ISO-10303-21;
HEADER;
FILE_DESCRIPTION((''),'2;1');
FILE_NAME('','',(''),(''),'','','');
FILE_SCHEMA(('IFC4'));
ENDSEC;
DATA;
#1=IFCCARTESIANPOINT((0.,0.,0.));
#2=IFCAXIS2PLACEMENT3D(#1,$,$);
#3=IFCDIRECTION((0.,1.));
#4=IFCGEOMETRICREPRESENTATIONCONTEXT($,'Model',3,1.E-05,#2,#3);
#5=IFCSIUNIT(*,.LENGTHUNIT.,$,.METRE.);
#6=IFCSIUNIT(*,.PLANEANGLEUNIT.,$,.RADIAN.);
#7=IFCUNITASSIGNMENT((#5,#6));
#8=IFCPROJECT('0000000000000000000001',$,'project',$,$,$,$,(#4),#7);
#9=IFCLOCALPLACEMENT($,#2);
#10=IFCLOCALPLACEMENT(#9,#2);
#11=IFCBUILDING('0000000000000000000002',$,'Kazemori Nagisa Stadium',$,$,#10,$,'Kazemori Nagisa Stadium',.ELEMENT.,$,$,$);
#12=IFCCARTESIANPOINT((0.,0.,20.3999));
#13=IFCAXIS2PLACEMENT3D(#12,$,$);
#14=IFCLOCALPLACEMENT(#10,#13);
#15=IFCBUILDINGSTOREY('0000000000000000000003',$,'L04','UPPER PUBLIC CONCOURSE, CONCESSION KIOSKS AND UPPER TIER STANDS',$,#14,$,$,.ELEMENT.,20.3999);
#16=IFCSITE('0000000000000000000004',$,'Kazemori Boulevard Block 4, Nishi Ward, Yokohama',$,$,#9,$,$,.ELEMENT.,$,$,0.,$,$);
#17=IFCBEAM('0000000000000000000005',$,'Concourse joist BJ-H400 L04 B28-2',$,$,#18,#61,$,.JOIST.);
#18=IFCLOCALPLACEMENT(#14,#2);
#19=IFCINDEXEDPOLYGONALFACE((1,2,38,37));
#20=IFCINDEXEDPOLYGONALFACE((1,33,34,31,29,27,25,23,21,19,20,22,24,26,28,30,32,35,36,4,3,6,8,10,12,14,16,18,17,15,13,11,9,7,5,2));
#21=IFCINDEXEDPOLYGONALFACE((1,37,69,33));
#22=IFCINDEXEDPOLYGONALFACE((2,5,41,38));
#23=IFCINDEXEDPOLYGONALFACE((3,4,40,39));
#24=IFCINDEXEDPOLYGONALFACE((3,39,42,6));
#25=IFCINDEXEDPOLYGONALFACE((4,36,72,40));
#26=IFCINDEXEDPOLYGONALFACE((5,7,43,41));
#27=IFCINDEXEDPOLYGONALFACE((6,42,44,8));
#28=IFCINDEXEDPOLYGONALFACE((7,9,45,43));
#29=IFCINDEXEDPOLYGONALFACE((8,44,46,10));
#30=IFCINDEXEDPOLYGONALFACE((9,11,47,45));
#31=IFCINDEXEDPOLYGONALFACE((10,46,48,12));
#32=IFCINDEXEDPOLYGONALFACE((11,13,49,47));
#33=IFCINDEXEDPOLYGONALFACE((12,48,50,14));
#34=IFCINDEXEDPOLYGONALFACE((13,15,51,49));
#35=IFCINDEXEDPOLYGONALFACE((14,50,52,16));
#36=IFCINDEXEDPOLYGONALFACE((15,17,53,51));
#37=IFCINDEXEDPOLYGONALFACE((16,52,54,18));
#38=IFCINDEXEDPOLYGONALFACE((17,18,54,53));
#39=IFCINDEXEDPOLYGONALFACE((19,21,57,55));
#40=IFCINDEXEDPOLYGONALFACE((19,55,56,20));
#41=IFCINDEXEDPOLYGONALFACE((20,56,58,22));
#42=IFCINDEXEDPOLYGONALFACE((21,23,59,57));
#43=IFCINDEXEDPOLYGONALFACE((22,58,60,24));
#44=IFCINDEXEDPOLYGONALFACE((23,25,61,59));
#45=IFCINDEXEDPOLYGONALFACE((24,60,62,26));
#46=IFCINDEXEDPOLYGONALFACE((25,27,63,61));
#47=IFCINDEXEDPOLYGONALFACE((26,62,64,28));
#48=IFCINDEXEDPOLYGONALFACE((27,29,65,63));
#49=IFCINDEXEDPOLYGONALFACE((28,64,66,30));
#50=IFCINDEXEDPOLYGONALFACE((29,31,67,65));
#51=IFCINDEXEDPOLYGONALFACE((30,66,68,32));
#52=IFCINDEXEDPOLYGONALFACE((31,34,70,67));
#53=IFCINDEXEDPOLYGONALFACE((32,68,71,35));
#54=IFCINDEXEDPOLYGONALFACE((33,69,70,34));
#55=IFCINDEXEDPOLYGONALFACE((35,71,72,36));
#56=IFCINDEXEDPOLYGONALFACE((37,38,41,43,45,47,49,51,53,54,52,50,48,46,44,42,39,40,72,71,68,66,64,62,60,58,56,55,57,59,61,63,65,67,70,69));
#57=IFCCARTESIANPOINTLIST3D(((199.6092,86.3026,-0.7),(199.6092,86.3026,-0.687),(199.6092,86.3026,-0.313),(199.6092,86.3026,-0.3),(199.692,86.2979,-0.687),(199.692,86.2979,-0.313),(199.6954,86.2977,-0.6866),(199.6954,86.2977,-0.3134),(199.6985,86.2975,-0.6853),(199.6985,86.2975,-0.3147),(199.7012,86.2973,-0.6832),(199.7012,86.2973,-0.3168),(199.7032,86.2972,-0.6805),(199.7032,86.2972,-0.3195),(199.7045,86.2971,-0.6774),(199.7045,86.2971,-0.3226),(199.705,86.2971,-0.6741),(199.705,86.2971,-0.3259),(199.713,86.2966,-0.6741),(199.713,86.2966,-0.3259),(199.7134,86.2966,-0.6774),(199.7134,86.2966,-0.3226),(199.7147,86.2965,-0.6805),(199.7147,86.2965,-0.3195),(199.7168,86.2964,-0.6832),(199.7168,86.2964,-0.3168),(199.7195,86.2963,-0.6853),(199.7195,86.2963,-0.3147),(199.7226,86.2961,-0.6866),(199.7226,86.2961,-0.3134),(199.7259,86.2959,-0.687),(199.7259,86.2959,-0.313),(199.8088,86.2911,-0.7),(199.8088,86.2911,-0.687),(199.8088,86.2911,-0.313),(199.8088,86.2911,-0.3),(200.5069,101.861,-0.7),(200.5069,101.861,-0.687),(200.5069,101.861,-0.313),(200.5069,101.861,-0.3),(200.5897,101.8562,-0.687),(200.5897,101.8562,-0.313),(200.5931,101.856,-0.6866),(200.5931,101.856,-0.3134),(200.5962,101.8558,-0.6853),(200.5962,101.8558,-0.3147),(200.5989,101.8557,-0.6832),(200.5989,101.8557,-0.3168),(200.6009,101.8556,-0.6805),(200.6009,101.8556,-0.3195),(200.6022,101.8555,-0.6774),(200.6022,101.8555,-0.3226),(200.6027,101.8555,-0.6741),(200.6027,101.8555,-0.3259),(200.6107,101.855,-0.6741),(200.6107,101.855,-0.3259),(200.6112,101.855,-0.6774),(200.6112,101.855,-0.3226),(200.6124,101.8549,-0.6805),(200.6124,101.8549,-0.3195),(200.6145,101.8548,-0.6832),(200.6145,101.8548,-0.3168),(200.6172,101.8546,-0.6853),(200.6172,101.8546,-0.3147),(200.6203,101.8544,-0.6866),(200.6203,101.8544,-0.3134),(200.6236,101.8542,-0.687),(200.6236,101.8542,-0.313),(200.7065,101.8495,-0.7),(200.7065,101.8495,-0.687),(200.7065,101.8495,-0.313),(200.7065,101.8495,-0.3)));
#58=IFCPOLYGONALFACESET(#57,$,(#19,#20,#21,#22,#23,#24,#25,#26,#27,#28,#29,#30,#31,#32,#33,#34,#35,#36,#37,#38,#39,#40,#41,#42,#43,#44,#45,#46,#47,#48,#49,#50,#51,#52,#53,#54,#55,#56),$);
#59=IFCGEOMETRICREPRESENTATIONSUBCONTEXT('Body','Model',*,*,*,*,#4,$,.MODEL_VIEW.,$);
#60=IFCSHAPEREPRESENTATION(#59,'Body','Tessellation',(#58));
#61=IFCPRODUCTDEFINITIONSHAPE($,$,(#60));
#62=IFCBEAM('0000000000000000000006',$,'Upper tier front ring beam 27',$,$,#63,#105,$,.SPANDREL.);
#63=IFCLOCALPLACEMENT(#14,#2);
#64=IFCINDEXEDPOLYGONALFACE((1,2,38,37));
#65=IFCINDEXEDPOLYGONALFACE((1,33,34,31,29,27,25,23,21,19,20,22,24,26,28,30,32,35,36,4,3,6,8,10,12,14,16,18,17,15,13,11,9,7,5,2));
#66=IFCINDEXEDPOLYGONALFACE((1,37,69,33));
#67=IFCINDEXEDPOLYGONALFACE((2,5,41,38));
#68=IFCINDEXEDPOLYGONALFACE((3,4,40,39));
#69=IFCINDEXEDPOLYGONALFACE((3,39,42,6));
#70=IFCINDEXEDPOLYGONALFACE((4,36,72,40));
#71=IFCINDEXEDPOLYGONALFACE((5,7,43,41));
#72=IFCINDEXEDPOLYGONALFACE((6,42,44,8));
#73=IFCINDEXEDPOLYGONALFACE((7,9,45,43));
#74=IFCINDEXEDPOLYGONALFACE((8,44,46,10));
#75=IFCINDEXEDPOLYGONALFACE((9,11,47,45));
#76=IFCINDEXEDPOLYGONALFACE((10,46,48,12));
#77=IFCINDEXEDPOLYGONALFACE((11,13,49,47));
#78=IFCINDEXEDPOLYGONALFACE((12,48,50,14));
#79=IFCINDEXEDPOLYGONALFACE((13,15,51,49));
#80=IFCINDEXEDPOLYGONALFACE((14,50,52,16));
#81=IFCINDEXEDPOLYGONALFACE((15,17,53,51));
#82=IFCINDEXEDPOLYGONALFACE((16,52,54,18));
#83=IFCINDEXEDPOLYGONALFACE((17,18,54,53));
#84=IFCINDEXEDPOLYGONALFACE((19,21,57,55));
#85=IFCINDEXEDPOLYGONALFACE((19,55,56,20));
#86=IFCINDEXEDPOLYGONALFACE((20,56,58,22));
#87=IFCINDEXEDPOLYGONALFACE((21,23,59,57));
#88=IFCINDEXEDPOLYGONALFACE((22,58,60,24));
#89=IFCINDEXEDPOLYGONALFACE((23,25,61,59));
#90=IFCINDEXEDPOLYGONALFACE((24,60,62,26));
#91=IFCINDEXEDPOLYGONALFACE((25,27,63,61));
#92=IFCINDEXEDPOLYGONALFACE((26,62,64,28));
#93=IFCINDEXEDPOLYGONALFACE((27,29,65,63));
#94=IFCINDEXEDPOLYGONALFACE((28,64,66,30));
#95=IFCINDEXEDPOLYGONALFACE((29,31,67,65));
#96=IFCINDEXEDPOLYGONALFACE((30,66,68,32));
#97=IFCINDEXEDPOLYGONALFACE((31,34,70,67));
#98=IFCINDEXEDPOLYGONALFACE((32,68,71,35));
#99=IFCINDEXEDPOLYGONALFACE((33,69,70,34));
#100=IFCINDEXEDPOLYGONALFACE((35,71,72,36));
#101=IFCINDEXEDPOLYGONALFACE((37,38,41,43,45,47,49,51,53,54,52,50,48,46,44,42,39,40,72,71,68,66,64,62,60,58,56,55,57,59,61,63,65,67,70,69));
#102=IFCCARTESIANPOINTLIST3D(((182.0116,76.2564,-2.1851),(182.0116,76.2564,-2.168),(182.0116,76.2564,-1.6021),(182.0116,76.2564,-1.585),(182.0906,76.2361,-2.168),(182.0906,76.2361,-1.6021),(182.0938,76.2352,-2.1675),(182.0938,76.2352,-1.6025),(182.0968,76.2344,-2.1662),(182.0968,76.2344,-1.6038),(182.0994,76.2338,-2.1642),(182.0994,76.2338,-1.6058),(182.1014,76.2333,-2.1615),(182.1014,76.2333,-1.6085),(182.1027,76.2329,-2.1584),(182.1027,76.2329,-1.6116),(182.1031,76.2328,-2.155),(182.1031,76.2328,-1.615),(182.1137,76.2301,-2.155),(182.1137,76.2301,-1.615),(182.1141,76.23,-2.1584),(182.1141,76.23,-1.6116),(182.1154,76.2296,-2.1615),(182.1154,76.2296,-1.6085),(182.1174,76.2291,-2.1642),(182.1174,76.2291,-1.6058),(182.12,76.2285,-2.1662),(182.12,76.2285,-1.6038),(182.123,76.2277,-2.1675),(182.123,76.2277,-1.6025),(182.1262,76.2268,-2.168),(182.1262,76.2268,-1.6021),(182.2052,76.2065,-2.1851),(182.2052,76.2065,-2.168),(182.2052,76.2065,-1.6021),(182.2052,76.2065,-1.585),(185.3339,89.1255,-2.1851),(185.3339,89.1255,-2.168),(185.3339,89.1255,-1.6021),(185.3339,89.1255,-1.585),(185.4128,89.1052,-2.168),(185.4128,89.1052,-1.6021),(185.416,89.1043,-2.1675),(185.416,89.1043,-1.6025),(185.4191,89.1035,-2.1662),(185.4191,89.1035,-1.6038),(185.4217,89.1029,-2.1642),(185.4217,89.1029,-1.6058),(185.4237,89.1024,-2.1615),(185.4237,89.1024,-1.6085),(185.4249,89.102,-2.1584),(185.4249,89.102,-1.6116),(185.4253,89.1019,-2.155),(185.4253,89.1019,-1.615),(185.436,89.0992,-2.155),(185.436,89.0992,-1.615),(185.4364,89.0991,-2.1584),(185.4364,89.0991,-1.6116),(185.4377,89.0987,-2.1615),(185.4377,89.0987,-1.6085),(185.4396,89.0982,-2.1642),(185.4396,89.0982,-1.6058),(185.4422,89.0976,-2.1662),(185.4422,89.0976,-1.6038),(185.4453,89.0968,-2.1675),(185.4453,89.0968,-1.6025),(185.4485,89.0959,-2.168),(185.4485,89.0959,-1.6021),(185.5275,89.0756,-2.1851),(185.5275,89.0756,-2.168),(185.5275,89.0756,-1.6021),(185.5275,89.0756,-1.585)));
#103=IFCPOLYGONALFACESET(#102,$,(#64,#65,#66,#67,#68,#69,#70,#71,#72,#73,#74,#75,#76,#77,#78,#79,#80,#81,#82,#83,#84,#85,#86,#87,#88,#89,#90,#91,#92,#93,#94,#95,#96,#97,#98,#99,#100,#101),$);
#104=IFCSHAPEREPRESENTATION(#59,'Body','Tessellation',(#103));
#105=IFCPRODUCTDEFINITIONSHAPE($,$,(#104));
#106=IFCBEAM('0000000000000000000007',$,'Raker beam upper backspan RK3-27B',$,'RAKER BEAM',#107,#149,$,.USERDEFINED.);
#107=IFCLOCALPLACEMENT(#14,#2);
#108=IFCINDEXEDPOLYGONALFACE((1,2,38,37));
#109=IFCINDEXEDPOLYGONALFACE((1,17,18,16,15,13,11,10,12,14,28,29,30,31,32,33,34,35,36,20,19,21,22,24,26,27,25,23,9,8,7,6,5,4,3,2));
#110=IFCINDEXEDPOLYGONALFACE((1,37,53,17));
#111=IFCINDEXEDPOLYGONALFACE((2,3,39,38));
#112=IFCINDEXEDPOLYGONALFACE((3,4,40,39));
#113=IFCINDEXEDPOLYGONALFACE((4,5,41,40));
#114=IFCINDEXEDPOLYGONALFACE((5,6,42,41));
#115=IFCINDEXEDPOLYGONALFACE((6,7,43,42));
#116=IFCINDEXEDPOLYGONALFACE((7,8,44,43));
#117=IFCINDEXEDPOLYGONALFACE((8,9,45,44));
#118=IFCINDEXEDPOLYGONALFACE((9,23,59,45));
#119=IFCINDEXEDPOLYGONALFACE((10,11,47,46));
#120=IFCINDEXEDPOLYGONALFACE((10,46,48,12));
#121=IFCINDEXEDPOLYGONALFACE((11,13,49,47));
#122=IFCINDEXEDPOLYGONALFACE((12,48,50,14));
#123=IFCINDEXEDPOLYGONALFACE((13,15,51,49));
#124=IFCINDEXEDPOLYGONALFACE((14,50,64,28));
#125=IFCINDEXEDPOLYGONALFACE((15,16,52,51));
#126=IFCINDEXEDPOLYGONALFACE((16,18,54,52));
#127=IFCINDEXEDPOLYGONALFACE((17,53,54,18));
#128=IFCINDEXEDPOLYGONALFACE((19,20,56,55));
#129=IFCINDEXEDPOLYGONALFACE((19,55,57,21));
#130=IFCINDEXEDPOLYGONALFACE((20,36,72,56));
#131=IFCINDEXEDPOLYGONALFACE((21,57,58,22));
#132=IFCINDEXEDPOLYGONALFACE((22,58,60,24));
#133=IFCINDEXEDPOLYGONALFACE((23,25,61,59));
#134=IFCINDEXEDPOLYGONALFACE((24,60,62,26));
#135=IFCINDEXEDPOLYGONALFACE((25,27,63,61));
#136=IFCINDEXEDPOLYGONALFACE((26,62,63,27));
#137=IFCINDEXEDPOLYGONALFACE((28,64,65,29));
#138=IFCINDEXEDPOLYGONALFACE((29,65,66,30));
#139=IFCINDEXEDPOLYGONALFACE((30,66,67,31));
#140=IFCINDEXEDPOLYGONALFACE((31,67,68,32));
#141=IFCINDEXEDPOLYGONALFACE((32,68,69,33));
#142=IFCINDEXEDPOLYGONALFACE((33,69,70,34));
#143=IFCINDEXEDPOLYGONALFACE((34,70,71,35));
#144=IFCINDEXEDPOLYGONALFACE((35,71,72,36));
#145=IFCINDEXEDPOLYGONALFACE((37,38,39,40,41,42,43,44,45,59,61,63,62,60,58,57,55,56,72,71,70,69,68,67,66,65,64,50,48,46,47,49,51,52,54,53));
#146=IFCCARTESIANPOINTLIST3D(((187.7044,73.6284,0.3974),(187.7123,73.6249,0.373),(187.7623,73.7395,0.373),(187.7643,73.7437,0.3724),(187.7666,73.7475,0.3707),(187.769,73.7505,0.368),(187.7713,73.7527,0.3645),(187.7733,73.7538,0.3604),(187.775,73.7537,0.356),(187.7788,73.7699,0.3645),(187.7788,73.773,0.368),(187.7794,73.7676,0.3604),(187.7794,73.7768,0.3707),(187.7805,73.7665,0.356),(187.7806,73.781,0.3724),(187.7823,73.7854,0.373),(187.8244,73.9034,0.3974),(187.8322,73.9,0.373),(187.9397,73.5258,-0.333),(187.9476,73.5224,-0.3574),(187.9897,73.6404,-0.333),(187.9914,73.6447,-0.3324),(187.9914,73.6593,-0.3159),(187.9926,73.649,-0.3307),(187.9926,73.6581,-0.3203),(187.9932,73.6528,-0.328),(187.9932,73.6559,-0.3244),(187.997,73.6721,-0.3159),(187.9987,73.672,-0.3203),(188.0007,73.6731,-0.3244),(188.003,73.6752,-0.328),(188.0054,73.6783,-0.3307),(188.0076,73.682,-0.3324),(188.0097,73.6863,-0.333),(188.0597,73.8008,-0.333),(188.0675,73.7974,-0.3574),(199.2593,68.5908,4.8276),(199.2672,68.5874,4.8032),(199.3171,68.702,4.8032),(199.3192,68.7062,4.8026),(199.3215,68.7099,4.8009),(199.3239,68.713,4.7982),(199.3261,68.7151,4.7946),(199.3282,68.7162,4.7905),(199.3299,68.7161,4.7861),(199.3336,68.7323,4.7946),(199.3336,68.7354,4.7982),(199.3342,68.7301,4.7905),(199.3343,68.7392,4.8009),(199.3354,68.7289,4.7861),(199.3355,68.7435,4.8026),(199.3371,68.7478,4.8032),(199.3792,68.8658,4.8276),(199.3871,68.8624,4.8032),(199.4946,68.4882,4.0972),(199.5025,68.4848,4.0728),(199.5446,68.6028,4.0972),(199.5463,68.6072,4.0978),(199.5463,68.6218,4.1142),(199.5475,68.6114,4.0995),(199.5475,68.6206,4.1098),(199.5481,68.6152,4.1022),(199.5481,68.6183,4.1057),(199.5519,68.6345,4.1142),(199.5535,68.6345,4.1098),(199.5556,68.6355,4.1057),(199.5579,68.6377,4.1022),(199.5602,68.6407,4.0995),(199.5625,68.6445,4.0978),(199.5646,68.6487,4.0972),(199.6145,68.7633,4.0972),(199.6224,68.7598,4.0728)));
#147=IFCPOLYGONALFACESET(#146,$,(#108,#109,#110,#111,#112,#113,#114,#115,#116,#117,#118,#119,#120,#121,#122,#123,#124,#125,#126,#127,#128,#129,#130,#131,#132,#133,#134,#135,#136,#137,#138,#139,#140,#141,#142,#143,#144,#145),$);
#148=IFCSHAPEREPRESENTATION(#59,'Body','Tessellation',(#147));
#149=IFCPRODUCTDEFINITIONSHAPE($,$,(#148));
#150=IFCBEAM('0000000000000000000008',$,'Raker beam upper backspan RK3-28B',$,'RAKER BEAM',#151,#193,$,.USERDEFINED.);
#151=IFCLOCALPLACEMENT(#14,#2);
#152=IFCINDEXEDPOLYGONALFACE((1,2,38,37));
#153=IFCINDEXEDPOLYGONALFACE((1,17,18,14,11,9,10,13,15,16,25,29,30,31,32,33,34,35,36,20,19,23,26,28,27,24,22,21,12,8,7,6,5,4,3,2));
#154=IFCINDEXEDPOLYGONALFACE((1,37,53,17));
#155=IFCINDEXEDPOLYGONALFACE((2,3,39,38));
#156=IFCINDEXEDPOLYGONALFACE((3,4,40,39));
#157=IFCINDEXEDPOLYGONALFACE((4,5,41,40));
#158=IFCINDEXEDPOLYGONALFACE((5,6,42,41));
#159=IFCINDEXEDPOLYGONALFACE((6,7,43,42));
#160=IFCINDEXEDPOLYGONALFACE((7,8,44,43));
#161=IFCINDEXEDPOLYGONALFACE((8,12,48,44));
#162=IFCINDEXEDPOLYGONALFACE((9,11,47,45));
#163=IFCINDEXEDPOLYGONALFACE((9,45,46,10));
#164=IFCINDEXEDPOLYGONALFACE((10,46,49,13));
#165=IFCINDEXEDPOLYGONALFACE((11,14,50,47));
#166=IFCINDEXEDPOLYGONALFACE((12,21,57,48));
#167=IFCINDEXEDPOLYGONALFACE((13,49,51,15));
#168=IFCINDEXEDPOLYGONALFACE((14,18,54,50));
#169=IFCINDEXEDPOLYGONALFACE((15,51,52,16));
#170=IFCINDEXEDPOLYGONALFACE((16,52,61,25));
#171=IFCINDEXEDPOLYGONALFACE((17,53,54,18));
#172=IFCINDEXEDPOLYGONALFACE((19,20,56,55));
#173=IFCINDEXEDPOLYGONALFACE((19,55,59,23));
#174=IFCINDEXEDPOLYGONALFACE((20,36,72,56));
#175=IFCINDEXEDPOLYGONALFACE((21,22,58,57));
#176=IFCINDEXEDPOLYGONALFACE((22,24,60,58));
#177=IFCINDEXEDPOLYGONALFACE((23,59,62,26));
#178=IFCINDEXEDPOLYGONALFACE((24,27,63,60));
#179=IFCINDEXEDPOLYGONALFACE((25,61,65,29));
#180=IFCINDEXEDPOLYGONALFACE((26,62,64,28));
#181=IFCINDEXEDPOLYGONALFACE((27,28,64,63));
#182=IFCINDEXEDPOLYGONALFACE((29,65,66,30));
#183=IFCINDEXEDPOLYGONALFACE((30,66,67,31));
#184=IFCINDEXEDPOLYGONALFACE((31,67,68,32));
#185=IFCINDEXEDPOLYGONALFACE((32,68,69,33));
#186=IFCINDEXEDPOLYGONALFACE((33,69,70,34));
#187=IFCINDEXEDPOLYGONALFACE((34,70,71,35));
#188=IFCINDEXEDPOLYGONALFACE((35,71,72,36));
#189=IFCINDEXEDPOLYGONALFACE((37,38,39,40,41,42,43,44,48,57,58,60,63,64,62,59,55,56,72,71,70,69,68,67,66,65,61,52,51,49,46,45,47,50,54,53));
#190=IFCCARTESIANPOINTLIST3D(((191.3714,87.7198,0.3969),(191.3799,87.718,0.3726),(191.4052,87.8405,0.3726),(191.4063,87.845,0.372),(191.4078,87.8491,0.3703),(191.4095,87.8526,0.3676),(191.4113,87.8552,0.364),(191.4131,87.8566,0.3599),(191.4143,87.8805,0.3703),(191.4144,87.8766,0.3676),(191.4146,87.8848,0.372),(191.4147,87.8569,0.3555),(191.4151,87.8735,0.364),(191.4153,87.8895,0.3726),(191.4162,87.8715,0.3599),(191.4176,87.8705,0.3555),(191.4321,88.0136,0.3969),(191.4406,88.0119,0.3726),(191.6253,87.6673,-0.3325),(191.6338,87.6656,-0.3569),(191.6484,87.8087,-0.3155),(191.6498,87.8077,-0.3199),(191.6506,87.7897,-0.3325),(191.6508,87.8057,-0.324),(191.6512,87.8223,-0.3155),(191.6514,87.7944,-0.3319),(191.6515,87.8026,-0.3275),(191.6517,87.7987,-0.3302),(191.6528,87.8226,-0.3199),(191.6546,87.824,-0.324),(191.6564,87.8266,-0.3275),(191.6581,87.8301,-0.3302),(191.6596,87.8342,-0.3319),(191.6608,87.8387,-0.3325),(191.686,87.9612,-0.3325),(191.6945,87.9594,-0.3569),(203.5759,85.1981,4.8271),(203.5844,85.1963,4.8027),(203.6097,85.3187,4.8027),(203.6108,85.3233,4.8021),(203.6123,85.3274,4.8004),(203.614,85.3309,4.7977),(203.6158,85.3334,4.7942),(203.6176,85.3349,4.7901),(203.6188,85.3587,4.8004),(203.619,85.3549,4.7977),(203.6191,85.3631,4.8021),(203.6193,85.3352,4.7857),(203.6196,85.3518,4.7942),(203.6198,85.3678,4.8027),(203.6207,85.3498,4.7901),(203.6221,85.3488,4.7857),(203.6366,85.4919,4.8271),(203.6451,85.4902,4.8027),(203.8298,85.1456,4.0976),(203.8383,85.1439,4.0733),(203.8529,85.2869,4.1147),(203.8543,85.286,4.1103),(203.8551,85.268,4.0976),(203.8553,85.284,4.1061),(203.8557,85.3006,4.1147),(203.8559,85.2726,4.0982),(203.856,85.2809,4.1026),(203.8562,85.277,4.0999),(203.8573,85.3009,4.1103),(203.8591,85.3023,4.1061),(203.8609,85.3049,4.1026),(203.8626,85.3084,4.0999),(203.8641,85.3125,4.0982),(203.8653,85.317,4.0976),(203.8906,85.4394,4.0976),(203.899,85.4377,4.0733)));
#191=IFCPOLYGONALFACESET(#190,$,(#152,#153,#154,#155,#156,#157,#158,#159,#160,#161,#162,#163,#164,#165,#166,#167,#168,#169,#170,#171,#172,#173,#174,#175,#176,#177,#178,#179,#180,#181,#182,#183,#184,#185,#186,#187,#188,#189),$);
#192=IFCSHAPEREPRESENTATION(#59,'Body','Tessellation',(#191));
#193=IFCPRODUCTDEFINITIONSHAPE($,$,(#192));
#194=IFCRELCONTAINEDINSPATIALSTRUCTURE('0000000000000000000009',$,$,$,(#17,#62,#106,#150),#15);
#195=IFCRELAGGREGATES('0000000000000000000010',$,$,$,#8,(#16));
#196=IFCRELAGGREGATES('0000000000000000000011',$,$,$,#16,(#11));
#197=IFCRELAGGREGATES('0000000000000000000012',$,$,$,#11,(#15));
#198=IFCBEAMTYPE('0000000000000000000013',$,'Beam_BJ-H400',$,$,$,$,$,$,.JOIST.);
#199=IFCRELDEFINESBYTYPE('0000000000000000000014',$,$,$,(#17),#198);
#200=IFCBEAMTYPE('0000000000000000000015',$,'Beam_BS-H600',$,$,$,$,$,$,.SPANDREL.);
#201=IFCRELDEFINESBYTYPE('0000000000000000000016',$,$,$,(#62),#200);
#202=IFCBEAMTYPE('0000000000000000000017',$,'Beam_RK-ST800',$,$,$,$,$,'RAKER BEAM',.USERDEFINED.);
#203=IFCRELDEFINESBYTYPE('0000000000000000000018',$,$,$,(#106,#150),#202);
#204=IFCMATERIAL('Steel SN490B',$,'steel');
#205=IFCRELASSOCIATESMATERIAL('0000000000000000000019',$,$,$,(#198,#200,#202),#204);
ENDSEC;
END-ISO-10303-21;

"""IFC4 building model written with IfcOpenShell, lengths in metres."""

from ifc_helpers import new_model, si_unit, direction, frame, origin, origin_2d, place, context, subcontext, project, spatial, i_section, extrude, material, material_profile, profile_set, type_object, element, save


model = new_model("IFC4")

# Units and contexts
model_context = context("Model", 3, precision=1e-05, world=origin(), true_north=direction((0.0, 1.0)))
body_context = subcontext(model_context, "Body", "Model", "MODEL_VIEW")
ifc_project = project(units=[si_unit("LENGTHUNIT", "METRE"), si_unit("PLANEANGLEUNIT", "RADIAN")], contexts=[model_context])

# Site, building, storey
site_placement = place(None, origin())
site = spatial("IfcSite", under=ifc_project, at=site_placement, Name="Kazemori Boulevard Block 4, Nishi Ward, Yokohama", CompositionType="ELEMENT", RefElevation=0.0)
building_placement = place(site_placement, origin())
building = spatial("IfcBuilding", under=site, at=building_placement, Name="Kazemori Nagisa Stadium", LongName="Kazemori Nagisa Stadium", CompositionType="ELEMENT")
storey_placement = place(building_placement, frame((0.0, 0.0, 20.3999)))
storey = spatial("IfcBuildingStorey", under=building, at=storey_placement, Name="L04", Description="UPPER PUBLIC CONCOURSE, CONCESSION KIOSKS AND UPPER TIER STANDS", CompositionType="ELEMENT", Elevation=20.3999)

# Beams
ifc_material_1 = material(Name="Steel SN490B", Category="steel")
ifc_material_profile_1 = material_profile(ifc_material_1, i_section(OverallWidth=0.2, OverallDepth=0.3999, WebThickness=0.0081, FlangeThickness=0.0129, FilletRadius=0.0129, at=origin_2d()), Name="H-400x200x8x13")
ifc_profile_set_1 = profile_set([ifc_material_profile_1], Name="Steel SN490B")
beam_type_1 = type_object("IfcBeamType", Name="Beam_BJ-H400", PredefinedType="JOIST", material=ifc_profile_set_1)
beam_1_placement = place(storey_placement, frame((199.709, 86.2969, -0.5), z_axis=(0.057603, 0.99834, 0.0), x_axis=(-0.99834, 0.057603, 0.0)))
element("IfcBeam", 1, at=beam_1_placement, inside=storey, type_object=beam_type_1, Name="Concourse joist BJ-H400 L04 B28-2", PredefinedType="JOIST", context=body_context, shape_type="SweptSolid", body=[
    extrude(i_section(OverallWidth=0.2, OverallDepth=0.3999, WebThickness=0.0081, FlangeThickness=0.0129, FilletRadius=0.0129, at=origin_2d()), origin(), (0.0, 0.0, 1.0), 15.5842),
])
ifc_material_profile_2 = material_profile(ifc_material_1, i_section(OverallWidth=0.2, OverallDepth=0.6001, WebThickness=0.011, FlangeThickness=0.0171, FilletRadius=0.0129, at=origin_2d()), Name="H-600x200x11x17")
ifc_profile_set_2 = profile_set([ifc_material_profile_2], Name="Steel SN490B")
beam_type_2 = type_object("IfcBeamType", Name="Beam_BS-H600", PredefinedType="SPANDREL", material=ifc_profile_set_2)
beam_2_placement = place(storey_placement, frame((182.1084, 76.2314, -1.885), z_axis=(0.249962, 0.968256, 0.0), x_axis=(-0.968256, 0.249962, 0.0)))
element("IfcBeam", 2, at=beam_2_placement, inside=storey, type_object=beam_type_2, Name="Upper tier front ring beam 27", PredefinedType="SPANDREL", context=body_context, shape_type="SweptSolid", body=[
    extrude(i_section(OverallWidth=0.2, OverallDepth=0.6001, WebThickness=0.011, FlangeThickness=0.0171, FilletRadius=0.0129, at=origin_2d()), origin(), (0.0, 0.0, 1.0), 13.291),
])
ifc_material_profile_3 = material_profile(ifc_material_1, i_section(OverallWidth=0.3, OverallDepth=0.8, WebThickness=0.0139, FlangeThickness=0.0259, FilletRadius=0.0181, at=origin_2d()), Name="H-800x300x14x26")
ifc_profile_set_3 = profile_set([ifc_material_profile_3], Name="Steel SN490B")
beam_type_3 = type_object("IfcBeamType", Name="Beam_RK-ST800", ElementType="RAKER BEAM", PredefinedType="USERDEFINED", material=ifc_profile_set_3)
beam_3_placement = place(storey_placement, frame((187.886, 73.7129, 0.02), z_axis=(0.864816, -0.377033, 0.331571), x_axis=(0.399641, 0.916672, 0.0)))
element("IfcBeam", 3, at=beam_3_placement, inside=storey, type_object=beam_type_3, Name="Raker beam upper backspan RK3-27B", ObjectType="RAKER BEAM", PredefinedType="USERDEFINED", context=body_context, shape_type="SweptSolid", body=[
    extrude(i_section(OverallWidth=0.3, OverallDepth=0.8, WebThickness=0.0139, FlangeThickness=0.0259, FilletRadius=0.0181, at=origin_2d()), origin(), (0.0, 0.0, 1.0), 13.3611),
])
beam_4_placement = place(storey_placement, frame((191.533, 87.8396, 0.02), z_axis=(0.922745, -0.190659, 0.33495), x_axis=(0.202347, 0.979314, 0.0)))
element("IfcBeam", 4, at=beam_4_placement, inside=storey, type_object=beam_type_3, Name="Raker beam upper backspan RK3-28B", ObjectType="RAKER BEAM", PredefinedType="USERDEFINED", context=body_context, shape_type="SweptSolid", body=[
    extrude(i_section(OverallWidth=0.3, OverallDepth=0.8, WebThickness=0.0139, FlangeThickness=0.0259, FilletRadius=0.0181, at=origin_2d()), origin(), (0.0, 0.0, 1.0), 13.2263),
])

save(model, "model.ifc")
